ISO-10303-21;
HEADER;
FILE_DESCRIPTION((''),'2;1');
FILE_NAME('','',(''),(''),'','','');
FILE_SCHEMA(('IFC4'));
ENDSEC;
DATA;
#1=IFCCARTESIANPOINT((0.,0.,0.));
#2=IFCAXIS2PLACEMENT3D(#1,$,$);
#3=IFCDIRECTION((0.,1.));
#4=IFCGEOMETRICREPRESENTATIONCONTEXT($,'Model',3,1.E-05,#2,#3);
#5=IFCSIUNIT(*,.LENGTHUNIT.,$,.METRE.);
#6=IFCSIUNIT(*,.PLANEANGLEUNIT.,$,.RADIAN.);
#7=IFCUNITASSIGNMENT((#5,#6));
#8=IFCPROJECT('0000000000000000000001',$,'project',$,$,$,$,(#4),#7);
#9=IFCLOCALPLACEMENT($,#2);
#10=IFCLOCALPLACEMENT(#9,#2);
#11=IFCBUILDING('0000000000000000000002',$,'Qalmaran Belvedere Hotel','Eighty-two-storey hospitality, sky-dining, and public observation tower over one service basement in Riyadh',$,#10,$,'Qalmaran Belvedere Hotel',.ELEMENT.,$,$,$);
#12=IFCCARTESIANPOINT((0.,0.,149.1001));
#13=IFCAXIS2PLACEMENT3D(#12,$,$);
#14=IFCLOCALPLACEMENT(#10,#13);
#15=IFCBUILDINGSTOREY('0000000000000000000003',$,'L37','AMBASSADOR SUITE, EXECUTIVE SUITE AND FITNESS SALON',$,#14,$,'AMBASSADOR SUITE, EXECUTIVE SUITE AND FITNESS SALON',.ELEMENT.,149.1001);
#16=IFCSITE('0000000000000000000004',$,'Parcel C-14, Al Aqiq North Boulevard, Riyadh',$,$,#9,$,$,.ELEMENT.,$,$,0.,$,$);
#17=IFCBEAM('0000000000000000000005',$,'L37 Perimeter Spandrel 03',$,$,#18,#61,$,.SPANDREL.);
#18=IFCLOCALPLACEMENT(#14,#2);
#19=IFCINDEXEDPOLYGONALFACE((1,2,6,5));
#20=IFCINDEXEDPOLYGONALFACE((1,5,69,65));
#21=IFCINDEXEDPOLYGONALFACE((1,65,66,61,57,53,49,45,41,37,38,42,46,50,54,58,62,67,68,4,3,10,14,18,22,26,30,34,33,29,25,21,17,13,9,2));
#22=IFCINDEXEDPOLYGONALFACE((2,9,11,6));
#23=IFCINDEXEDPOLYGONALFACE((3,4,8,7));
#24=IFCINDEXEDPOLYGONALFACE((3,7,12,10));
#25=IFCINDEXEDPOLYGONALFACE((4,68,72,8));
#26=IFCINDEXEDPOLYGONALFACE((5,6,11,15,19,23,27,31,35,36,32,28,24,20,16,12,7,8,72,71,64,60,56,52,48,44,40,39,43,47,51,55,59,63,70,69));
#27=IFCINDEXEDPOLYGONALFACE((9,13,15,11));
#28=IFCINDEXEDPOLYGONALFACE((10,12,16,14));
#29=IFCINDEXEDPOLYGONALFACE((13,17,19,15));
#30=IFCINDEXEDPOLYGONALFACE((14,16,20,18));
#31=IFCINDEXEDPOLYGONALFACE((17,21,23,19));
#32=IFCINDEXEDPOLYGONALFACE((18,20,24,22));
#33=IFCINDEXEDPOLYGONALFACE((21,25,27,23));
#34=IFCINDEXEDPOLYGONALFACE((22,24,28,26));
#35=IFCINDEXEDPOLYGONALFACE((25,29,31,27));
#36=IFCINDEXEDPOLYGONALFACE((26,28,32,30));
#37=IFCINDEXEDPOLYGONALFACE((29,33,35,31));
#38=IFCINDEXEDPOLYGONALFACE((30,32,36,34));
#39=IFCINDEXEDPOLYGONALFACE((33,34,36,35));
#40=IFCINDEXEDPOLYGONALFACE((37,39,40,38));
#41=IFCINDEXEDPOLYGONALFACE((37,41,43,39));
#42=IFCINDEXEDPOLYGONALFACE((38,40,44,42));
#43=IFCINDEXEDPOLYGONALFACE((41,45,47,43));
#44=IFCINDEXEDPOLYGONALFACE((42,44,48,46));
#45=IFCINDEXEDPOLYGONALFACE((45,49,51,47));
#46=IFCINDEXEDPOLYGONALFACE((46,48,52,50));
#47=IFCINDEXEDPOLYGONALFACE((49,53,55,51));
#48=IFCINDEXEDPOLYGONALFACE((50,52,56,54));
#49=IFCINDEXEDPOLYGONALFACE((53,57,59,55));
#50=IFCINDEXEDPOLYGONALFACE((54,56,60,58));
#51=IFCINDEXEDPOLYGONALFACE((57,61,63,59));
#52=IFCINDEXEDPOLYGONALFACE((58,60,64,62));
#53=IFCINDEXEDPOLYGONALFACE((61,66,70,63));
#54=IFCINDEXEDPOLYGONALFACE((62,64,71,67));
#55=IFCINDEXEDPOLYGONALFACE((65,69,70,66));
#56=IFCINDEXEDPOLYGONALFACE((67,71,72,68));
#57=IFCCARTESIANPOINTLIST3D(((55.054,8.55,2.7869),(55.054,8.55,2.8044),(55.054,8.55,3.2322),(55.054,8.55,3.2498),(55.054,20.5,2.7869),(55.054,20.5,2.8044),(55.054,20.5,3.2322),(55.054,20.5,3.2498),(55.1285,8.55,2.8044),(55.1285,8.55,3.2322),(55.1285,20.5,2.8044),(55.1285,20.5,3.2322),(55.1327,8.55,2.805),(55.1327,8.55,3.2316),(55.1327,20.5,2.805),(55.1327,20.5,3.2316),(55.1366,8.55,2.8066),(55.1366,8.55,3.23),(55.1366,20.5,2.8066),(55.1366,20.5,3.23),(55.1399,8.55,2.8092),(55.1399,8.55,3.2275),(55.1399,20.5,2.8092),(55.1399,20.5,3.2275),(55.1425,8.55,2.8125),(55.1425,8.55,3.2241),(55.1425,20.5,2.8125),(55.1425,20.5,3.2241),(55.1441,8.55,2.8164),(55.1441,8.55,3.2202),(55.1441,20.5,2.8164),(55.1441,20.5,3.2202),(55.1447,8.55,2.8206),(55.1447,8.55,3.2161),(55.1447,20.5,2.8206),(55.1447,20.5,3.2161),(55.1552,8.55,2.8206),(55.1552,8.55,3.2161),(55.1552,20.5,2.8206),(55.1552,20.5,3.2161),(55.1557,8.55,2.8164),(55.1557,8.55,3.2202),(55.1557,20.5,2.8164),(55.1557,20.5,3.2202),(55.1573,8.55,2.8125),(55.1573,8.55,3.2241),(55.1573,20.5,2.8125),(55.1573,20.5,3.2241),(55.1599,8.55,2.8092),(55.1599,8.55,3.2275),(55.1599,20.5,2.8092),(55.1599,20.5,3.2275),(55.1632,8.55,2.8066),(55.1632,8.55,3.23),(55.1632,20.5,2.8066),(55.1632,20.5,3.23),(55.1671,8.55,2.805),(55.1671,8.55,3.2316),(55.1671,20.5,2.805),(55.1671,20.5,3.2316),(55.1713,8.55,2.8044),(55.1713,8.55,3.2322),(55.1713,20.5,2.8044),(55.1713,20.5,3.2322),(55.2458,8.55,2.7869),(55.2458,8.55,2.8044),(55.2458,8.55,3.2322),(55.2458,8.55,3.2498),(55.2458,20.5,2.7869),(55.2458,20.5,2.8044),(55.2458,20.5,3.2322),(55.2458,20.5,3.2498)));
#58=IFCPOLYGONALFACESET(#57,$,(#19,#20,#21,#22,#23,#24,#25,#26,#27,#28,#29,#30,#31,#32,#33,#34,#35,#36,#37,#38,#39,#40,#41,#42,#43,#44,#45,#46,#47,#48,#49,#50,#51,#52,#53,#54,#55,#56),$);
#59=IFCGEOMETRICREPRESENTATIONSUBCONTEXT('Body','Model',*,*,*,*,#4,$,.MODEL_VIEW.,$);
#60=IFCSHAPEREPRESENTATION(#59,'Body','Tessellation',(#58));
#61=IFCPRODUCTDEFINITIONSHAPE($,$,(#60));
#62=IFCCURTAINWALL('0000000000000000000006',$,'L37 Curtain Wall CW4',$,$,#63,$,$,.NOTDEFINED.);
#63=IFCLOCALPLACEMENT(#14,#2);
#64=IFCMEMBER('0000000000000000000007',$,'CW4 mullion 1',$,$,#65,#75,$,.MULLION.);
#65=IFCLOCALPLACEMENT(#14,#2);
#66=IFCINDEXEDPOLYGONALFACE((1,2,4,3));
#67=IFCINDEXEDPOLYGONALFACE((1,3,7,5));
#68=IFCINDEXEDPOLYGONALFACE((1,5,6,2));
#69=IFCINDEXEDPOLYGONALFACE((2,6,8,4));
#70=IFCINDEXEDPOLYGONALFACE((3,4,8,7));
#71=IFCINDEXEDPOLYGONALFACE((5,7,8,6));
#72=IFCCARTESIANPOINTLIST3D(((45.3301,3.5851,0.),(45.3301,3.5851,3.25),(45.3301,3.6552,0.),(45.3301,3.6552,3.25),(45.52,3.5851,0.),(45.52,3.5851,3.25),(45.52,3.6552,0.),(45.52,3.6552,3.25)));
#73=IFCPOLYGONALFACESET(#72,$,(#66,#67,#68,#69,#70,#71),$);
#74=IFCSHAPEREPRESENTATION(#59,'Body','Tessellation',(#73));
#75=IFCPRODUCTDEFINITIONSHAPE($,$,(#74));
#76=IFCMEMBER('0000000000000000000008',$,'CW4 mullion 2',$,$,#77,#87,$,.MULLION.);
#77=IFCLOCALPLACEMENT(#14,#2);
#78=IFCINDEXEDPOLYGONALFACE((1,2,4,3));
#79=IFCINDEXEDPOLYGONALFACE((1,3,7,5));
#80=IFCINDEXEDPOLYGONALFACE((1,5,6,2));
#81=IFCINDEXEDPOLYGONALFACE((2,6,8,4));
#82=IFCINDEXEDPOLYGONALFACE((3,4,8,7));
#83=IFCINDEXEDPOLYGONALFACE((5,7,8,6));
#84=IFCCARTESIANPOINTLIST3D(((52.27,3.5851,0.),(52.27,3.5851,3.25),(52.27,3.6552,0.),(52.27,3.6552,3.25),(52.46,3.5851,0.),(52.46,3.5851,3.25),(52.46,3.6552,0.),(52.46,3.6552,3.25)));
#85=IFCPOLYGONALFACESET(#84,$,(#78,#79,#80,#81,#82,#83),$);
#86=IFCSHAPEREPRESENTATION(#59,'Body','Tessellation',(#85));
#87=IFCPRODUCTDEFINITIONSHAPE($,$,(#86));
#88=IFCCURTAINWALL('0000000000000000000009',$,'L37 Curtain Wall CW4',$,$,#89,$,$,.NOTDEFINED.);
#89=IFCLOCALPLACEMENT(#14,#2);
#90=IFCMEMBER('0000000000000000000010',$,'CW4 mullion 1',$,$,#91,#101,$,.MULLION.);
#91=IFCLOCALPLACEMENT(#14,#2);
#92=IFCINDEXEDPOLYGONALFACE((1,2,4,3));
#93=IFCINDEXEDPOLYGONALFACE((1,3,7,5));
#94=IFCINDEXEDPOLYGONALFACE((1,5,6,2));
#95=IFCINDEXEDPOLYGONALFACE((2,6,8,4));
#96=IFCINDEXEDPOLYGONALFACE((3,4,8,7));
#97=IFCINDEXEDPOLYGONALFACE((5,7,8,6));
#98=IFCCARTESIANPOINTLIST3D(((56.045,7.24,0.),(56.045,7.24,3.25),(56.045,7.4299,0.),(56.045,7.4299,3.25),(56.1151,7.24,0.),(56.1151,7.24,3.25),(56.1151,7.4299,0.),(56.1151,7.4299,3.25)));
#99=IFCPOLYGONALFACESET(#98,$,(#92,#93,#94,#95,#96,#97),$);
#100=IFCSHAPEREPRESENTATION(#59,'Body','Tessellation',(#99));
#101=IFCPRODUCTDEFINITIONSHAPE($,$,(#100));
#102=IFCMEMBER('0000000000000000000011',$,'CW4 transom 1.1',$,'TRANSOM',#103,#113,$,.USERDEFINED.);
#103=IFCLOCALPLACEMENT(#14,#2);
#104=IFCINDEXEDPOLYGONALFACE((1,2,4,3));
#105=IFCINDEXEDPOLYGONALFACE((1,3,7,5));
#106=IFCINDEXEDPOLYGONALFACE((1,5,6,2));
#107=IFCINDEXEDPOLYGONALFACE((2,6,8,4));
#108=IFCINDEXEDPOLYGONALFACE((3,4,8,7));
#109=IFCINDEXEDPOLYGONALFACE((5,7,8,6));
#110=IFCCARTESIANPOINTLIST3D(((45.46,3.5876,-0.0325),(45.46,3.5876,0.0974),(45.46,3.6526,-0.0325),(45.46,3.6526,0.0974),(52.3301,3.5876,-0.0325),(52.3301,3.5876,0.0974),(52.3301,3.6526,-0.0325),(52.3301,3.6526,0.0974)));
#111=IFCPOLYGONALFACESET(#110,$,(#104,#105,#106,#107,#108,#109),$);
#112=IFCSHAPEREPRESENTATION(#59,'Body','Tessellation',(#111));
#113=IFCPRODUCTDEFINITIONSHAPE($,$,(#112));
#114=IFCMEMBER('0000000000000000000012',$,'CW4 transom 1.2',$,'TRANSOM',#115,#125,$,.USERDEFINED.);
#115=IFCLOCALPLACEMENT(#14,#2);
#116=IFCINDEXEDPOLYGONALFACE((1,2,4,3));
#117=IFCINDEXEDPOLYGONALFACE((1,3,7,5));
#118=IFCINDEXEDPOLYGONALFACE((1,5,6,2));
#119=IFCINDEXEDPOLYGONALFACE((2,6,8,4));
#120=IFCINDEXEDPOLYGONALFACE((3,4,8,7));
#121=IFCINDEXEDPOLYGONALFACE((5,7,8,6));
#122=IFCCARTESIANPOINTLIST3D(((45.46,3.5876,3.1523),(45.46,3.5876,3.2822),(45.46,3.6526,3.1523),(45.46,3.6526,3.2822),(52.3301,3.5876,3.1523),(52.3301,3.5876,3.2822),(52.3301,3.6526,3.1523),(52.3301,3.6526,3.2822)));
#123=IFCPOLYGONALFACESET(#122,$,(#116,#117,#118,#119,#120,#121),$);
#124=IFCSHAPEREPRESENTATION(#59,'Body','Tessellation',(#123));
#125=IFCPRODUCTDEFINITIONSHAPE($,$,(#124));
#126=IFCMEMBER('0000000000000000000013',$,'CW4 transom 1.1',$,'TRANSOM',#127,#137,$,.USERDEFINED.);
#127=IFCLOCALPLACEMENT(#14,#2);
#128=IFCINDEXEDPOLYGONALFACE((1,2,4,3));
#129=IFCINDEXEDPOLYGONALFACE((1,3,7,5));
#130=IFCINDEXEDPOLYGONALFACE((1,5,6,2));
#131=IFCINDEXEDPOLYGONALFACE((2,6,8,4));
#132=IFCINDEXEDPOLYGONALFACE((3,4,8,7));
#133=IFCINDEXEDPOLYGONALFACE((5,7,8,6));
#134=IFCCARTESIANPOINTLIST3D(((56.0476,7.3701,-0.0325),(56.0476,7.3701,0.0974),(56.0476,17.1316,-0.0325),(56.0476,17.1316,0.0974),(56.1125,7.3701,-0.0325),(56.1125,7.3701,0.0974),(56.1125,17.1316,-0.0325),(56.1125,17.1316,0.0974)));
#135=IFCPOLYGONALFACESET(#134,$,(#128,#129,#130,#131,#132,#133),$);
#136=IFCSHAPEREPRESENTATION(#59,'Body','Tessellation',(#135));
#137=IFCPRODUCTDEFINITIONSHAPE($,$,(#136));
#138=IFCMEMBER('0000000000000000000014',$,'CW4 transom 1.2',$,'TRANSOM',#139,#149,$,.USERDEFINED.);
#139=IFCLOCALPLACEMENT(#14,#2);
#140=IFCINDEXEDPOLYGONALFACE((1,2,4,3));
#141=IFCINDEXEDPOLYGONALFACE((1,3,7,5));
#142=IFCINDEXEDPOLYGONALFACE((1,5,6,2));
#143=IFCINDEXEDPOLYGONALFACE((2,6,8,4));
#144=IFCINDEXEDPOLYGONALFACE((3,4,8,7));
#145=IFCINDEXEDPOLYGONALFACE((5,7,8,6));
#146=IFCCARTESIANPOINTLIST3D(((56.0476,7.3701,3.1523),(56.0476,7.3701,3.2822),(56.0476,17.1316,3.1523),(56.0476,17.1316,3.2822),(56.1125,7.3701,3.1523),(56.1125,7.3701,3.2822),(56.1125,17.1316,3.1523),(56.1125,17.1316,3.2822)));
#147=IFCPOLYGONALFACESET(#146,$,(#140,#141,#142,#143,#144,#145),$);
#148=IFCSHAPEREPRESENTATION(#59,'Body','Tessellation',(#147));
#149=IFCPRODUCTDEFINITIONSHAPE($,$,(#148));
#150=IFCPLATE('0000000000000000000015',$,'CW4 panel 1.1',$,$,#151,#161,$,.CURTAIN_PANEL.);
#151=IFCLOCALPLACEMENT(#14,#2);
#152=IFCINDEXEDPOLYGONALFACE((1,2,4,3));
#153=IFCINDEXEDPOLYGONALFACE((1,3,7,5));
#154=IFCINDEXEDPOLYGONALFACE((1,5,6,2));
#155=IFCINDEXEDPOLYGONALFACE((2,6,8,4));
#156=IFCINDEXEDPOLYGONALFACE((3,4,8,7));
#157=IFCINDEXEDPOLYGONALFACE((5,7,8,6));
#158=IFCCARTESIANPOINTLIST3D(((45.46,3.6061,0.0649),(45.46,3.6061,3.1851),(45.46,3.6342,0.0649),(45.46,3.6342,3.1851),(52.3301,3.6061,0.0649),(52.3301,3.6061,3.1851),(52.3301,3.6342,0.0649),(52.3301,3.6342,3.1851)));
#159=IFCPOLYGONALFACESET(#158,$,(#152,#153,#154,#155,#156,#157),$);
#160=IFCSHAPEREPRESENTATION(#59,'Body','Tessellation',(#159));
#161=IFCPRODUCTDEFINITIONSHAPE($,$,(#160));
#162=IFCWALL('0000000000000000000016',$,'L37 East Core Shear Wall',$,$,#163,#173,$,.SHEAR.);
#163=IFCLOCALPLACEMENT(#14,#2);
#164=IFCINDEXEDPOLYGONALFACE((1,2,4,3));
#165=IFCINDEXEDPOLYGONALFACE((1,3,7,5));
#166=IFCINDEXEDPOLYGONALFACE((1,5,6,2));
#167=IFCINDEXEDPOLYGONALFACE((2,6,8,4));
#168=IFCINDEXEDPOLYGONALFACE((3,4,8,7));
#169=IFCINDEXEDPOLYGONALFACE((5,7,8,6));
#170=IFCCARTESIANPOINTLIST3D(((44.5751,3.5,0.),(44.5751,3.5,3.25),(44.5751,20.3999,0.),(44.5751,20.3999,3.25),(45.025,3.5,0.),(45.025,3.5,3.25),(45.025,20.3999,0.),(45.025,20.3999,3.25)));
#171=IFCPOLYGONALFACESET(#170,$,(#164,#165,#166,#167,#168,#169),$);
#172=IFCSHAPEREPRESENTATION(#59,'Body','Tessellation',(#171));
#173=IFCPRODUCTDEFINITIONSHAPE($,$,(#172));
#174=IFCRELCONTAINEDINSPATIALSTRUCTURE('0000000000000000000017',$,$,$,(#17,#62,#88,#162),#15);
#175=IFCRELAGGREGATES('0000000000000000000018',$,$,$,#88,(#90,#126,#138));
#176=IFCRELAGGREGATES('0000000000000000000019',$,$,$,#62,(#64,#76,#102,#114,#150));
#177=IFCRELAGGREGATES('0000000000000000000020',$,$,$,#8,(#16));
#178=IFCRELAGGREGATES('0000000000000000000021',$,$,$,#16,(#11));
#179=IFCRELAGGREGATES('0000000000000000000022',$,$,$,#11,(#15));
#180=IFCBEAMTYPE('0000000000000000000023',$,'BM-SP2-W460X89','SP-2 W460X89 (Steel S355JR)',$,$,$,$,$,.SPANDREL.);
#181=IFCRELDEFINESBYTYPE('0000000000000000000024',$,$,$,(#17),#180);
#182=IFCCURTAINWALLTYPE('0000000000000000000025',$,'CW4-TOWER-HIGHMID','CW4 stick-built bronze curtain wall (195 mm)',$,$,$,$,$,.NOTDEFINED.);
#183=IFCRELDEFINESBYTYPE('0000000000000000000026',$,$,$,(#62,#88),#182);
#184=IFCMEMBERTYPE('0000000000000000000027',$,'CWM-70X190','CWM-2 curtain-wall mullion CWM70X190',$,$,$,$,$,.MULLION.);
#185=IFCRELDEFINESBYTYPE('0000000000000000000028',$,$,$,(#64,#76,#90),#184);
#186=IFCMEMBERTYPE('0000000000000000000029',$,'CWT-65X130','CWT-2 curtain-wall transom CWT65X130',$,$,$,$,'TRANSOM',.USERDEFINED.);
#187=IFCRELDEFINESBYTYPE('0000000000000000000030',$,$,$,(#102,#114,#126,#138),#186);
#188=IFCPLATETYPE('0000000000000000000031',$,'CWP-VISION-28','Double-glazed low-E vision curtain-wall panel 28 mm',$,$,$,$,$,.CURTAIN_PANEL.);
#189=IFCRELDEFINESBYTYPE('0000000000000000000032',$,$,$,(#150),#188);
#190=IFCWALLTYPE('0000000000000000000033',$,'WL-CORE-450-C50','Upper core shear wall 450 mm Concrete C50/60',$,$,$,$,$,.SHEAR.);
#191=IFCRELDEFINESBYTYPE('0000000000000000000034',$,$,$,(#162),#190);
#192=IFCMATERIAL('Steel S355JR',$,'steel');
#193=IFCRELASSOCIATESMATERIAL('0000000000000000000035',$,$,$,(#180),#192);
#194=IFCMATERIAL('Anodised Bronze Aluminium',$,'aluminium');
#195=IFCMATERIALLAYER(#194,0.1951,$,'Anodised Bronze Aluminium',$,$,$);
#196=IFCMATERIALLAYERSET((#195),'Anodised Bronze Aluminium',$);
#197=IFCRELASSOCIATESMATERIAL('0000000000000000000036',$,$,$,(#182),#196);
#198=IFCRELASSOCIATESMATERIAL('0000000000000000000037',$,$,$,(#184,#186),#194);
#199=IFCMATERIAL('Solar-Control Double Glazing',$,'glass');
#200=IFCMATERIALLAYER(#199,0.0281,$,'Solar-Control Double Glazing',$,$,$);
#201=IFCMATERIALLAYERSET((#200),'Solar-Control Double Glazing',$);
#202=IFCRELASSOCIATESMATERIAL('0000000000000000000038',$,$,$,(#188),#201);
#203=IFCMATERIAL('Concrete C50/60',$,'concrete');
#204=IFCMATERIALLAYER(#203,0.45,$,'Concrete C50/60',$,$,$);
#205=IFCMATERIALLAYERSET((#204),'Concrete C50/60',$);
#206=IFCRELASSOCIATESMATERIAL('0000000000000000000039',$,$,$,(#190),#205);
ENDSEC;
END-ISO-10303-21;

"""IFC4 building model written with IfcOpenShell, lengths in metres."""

from ifc_helpers import new_model, si_unit, direction, frame, frame_2d, origin, origin_2d, place, context, subcontext, project, spatial, rectangle, i_section, extrude, material, layer, layer_set, material_profile, profile_set, type_object, element, aggregate, save


model = new_model("IFC4")

# Units and contexts
model_context = context("Model", 3, precision=1e-05, world=origin(), true_north=direction((0.0, 1.0)))
body_context = subcontext(model_context, "Body", "Model", "MODEL_VIEW")
ifc_project = project(units=[si_unit("LENGTHUNIT", "METRE"), si_unit("PLANEANGLEUNIT", "RADIAN")], contexts=[model_context])

# Site, building, storey
site_placement = place(None, origin())
site = spatial("IfcSite", under=ifc_project, at=site_placement, Name="Parcel C-14, Al Aqiq North Boulevard, Riyadh", CompositionType="ELEMENT", RefElevation=0.0)
building_placement = place(site_placement, origin())
building = spatial("IfcBuilding", under=site, at=building_placement, Name="Qalmaran Belvedere Hotel", Description="Eighty-two-storey hospitality, sky-dining, and public observation tower over one service basement in Riyadh", LongName="Qalmaran Belvedere Hotel", CompositionType="ELEMENT")
storey_placement = place(building_placement, frame((0.0, 0.0, 149.1001)))
storey = spatial("IfcBuildingStorey", under=building, at=storey_placement, Name="L37", Description="AMBASSADOR SUITE, EXECUTIVE SUITE AND FITNESS SALON", LongName="AMBASSADOR SUITE, EXECUTIVE SUITE AND FITNESS SALON", CompositionType="ELEMENT", Elevation=149.1001)

# Shared definitions
ifc_material_1 = material(Name="Concrete C50/60", Category="concrete")

# Beam
ifc_material_2 = material(Name="Steel S355JR", Category="steel")
ifc_material_profile_1 = material_profile(ifc_material_2, i_section(OverallWidth=0.1919, OverallDepth=0.4629, WebThickness=0.0105, FlangeThickness=0.0176, FilletRadius=0.0161, at=origin_2d()), Name="W460X89")
ifc_profile_set_1 = profile_set([ifc_material_profile_1], Name="Steel S355JR")
beam_type_1 = type_object("IfcBeamType", Name="BM-SP2-W460X89", Description="SP-2 W460X89 (Steel S355JR)", PredefinedType="SPANDREL", material=ifc_profile_set_1)
beam_1_placement = place(storey_placement, frame((55.1499, 8.55, 3.0183), z_axis=(0.0, 1.0, 0.0), x_axis=(-1.0, 0.0, 0.0)))
element("IfcBeam", 1, at=beam_1_placement, inside=storey, type_object=beam_type_1, Name="L37 Perimeter Spandrel 03", PredefinedType="SPANDREL", context=body_context, shape_type="SweptSolid", body=[
    extrude(i_section(OverallWidth=0.1919, OverallDepth=0.4629, WebThickness=0.0105, FlangeThickness=0.0176, FilletRadius=0.0161, at=origin_2d()), origin(), (0.0, 0.0, 1.0), 11.95),
])

# Curtain wall, members
ifc_material_3 = material(Name="Anodised Bronze Aluminium", Category="aluminium")
ifc_layer_1 = layer(ifc_material_3, 0.1951, Name="Anodised Bronze Aluminium")
ifc_layer_set_1 = layer_set([ifc_layer_1], Name="Anodised Bronze Aluminium")
curtain_wall_type = type_object("IfcCurtainWallType", Name="CW4-TOWER-HIGHMID", Description="CW4 stick-built bronze curtain wall (195 mm)", PredefinedType="NOTDEFINED", material=ifc_layer_set_1)
curtain_wall_1_placement = place(storey_placement, origin())
curtain_wall_1 = element("IfcCurtainWall", 2, at=curtain_wall_1_placement, inside=storey, type_object=curtain_wall_type, Name="L37 Curtain Wall CW4", PredefinedType="NOTDEFINED")
ifc_material_profile_2 = material_profile(ifc_material_3, rectangle(XDim=0.0701, YDim=0.1899, at=origin_2d()), Name="CWM70X190")
ifc_profile_set_2 = profile_set([ifc_material_profile_2], Name="Anodised Bronze Aluminium")
member_type_1 = type_object("IfcMemberType", Name="CWM-70X190", Description="CWM-2 curtain-wall mullion CWM70X190", PredefinedType="MULLION", material=ifc_profile_set_2)
member_1_placement = place(storey_placement, frame((45.425, 3.6201, 0.0), z_axis=(0.0, 0.0, 1.0), x_axis=(0.0, 1.0, 0.0)))
member_1 = element("IfcMember", 3, at=member_1_placement, type_object=member_type_1, Name="CW4 mullion 1", PredefinedType="MULLION", context=body_context, shape_type="SweptSolid", body=[
    extrude(rectangle(XDim=0.0701, YDim=0.1899, at=origin_2d()), origin(), (0.0, 0.0, 1.0), 3.25),
])
member_2_placement = place(storey_placement, frame((52.365, 3.6201, 0.0), z_axis=(0.0, 0.0, 1.0), x_axis=(0.0, 1.0, 0.0)))
member_2 = element("IfcMember", 4, at=member_2_placement, type_object=member_type_1, Name="CW4 mullion 2", PredefinedType="MULLION", context=body_context, shape_type="SweptSolid", body=[
    extrude(rectangle(XDim=0.0701, YDim=0.1899, at=origin_2d()), origin(), (0.0, 0.0, 1.0), 3.25),
])

# Curtain wall, member
curtain_wall_2_placement = place(storey_placement, origin())
curtain_wall_2 = element("IfcCurtainWall", 5, at=curtain_wall_2_placement, inside=storey, type_object=curtain_wall_type, Name="L37 Curtain Wall CW4", PredefinedType="NOTDEFINED")
member_3_placement = place(storey_placement, frame((56.0801, 7.335, 0.0), z_axis=(0.0, 0.0, 1.0), x_axis=(-1.0, 0.0, 0.0)))
member_3 = element("IfcMember", 6, at=member_3_placement, type_object=member_type_1, Name="CW4 mullion 1", PredefinedType="MULLION", context=body_context, shape_type="SweptSolid", body=[
    extrude(rectangle(XDim=0.0701, YDim=0.1899, at=origin_2d()), origin(), (0.0, 0.0, 1.0), 3.25),
])

# Members
ifc_material_profile_3 = material_profile(ifc_material_3, rectangle(XDim=0.0649, YDim=0.1299, at=origin_2d()), Name="CWT65X130")
ifc_profile_set_3 = profile_set([ifc_material_profile_3], Name="Anodised Bronze Aluminium")
member_type_2 = type_object("IfcMemberType", Name="CWT-65X130", Description="CWT-2 curtain-wall transom CWT65X130", ElementType="TRANSOM", PredefinedType="USERDEFINED", material=ifc_profile_set_3)
member_4_placement = place(storey_placement, frame((45.46, 3.6201, 0.0325), z_axis=(1.0, 0.0, 0.0), x_axis=(0.0, 1.0, 0.0)))
member_4 = element("IfcMember", 7, at=member_4_placement, type_object=member_type_2, Name="CW4 transom 1.1", ObjectType="TRANSOM", PredefinedType="USERDEFINED", context=body_context, shape_type="SweptSolid", body=[
    extrude(rectangle(XDim=0.0649, YDim=0.1299, at=origin_2d()), origin(), (0.0, 0.0, 1.0), 6.8701),
])
member_5_placement = place(storey_placement, frame((45.46, 3.6201, 3.2173), z_axis=(1.0, 0.0, 0.0), x_axis=(0.0, 1.0, 0.0)))
member_5 = element("IfcMember", 8, at=member_5_placement, type_object=member_type_2, Name="CW4 transom 1.2", ObjectType="TRANSOM", PredefinedType="USERDEFINED", context=body_context, shape_type="SweptSolid", body=[
    extrude(rectangle(XDim=0.0649, YDim=0.1299, at=origin_2d()), origin(), (0.0, 0.0, 1.0), 6.8701),
])
member_6_placement = place(storey_placement, frame((56.0801, 7.3701, 0.0325), z_axis=(0.0, 1.0, 0.0), x_axis=(-1.0, 0.0, 0.0)))
member_6 = element("IfcMember", 9, at=member_6_placement, type_object=member_type_2, Name="CW4 transom 1.1", ObjectType="TRANSOM", PredefinedType="USERDEFINED", context=body_context, shape_type="SweptSolid", body=[
    extrude(rectangle(XDim=0.0649, YDim=0.1299, at=origin_2d()), origin(), (0.0, 0.0, 1.0), 9.7615),
])
member_7_placement = place(storey_placement, frame((56.0801, 7.3701, 3.2173), z_axis=(0.0, 1.0, 0.0), x_axis=(-1.0, 0.0, 0.0)))
member_7 = element("IfcMember", 10, at=member_7_placement, type_object=member_type_2, Name="CW4 transom 1.2", ObjectType="TRANSOM", PredefinedType="USERDEFINED", context=body_context, shape_type="SweptSolid", body=[
    extrude(rectangle(XDim=0.0649, YDim=0.1299, at=origin_2d()), origin(), (0.0, 0.0, 1.0), 9.7615),
])
aggregate(curtain_wall_2, [member_3, member_6, member_7])

# Plate
ifc_material_4 = material(Name="Solar-Control Double Glazing", Category="glass")
ifc_layer_2 = layer(ifc_material_4, 0.0281, Name="Solar-Control Double Glazing")
ifc_layer_set_2 = layer_set([ifc_layer_2], Name="Solar-Control Double Glazing")
plate_type = type_object("IfcPlateType", Name="CWP-VISION-28", Description="Double-glazed low-E vision curtain-wall panel 28 mm", PredefinedType="CURTAIN_PANEL", material=ifc_layer_set_2)
plate_placement = place(storey_placement, frame((48.895, 3.6201, 0.0649), z_axis=(0.0, 0.0, 1.0), x_axis=(1.0, 0.0, 0.0)))
plate = element("IfcPlate", 11, at=plate_placement, type_object=plate_type, Name="CW4 panel 1.1", PredefinedType="CURTAIN_PANEL", context=body_context, shape_type="SweptSolid", body=[
    extrude(rectangle(XDim=6.8701, YDim=0.0281, at=origin_2d()), origin(), (0.0, 0.0, 1.0), 3.1201),
])
aggregate(curtain_wall_1, [member_1, member_2, member_4, member_5, plate])

# Wall
ifc_layer_3 = layer(ifc_material_1, 0.45, Name="Concrete C50/60")
ifc_layer_set_3 = layer_set([ifc_layer_3], Name="Concrete C50/60")
wall_type_1 = type_object("IfcWallType", Name="WL-CORE-450-C50", Description="Upper core shear wall 450 mm Concrete C50/60", PredefinedType="SHEAR", material=ifc_layer_set_3)
wall_1_placement = place(storey_placement, frame((44.8, 3.5, 0.0), z_axis=(0.0, 0.0, 1.0), x_axis=(0.0, 1.0, 0.0)))
element("IfcWall", 12, at=wall_1_placement, inside=storey, type_object=wall_type_1, Name="L37 East Core Shear Wall", PredefinedType="SHEAR", context=body_context, shape_type="SweptSolid", body=[
    extrude(rectangle(XDim=16.8999, YDim=0.45, at=frame_2d((8.45, 0.0))), origin(), (0.0, 0.0, 1.0), 3.25),
])

save(model, "model.ifc")
